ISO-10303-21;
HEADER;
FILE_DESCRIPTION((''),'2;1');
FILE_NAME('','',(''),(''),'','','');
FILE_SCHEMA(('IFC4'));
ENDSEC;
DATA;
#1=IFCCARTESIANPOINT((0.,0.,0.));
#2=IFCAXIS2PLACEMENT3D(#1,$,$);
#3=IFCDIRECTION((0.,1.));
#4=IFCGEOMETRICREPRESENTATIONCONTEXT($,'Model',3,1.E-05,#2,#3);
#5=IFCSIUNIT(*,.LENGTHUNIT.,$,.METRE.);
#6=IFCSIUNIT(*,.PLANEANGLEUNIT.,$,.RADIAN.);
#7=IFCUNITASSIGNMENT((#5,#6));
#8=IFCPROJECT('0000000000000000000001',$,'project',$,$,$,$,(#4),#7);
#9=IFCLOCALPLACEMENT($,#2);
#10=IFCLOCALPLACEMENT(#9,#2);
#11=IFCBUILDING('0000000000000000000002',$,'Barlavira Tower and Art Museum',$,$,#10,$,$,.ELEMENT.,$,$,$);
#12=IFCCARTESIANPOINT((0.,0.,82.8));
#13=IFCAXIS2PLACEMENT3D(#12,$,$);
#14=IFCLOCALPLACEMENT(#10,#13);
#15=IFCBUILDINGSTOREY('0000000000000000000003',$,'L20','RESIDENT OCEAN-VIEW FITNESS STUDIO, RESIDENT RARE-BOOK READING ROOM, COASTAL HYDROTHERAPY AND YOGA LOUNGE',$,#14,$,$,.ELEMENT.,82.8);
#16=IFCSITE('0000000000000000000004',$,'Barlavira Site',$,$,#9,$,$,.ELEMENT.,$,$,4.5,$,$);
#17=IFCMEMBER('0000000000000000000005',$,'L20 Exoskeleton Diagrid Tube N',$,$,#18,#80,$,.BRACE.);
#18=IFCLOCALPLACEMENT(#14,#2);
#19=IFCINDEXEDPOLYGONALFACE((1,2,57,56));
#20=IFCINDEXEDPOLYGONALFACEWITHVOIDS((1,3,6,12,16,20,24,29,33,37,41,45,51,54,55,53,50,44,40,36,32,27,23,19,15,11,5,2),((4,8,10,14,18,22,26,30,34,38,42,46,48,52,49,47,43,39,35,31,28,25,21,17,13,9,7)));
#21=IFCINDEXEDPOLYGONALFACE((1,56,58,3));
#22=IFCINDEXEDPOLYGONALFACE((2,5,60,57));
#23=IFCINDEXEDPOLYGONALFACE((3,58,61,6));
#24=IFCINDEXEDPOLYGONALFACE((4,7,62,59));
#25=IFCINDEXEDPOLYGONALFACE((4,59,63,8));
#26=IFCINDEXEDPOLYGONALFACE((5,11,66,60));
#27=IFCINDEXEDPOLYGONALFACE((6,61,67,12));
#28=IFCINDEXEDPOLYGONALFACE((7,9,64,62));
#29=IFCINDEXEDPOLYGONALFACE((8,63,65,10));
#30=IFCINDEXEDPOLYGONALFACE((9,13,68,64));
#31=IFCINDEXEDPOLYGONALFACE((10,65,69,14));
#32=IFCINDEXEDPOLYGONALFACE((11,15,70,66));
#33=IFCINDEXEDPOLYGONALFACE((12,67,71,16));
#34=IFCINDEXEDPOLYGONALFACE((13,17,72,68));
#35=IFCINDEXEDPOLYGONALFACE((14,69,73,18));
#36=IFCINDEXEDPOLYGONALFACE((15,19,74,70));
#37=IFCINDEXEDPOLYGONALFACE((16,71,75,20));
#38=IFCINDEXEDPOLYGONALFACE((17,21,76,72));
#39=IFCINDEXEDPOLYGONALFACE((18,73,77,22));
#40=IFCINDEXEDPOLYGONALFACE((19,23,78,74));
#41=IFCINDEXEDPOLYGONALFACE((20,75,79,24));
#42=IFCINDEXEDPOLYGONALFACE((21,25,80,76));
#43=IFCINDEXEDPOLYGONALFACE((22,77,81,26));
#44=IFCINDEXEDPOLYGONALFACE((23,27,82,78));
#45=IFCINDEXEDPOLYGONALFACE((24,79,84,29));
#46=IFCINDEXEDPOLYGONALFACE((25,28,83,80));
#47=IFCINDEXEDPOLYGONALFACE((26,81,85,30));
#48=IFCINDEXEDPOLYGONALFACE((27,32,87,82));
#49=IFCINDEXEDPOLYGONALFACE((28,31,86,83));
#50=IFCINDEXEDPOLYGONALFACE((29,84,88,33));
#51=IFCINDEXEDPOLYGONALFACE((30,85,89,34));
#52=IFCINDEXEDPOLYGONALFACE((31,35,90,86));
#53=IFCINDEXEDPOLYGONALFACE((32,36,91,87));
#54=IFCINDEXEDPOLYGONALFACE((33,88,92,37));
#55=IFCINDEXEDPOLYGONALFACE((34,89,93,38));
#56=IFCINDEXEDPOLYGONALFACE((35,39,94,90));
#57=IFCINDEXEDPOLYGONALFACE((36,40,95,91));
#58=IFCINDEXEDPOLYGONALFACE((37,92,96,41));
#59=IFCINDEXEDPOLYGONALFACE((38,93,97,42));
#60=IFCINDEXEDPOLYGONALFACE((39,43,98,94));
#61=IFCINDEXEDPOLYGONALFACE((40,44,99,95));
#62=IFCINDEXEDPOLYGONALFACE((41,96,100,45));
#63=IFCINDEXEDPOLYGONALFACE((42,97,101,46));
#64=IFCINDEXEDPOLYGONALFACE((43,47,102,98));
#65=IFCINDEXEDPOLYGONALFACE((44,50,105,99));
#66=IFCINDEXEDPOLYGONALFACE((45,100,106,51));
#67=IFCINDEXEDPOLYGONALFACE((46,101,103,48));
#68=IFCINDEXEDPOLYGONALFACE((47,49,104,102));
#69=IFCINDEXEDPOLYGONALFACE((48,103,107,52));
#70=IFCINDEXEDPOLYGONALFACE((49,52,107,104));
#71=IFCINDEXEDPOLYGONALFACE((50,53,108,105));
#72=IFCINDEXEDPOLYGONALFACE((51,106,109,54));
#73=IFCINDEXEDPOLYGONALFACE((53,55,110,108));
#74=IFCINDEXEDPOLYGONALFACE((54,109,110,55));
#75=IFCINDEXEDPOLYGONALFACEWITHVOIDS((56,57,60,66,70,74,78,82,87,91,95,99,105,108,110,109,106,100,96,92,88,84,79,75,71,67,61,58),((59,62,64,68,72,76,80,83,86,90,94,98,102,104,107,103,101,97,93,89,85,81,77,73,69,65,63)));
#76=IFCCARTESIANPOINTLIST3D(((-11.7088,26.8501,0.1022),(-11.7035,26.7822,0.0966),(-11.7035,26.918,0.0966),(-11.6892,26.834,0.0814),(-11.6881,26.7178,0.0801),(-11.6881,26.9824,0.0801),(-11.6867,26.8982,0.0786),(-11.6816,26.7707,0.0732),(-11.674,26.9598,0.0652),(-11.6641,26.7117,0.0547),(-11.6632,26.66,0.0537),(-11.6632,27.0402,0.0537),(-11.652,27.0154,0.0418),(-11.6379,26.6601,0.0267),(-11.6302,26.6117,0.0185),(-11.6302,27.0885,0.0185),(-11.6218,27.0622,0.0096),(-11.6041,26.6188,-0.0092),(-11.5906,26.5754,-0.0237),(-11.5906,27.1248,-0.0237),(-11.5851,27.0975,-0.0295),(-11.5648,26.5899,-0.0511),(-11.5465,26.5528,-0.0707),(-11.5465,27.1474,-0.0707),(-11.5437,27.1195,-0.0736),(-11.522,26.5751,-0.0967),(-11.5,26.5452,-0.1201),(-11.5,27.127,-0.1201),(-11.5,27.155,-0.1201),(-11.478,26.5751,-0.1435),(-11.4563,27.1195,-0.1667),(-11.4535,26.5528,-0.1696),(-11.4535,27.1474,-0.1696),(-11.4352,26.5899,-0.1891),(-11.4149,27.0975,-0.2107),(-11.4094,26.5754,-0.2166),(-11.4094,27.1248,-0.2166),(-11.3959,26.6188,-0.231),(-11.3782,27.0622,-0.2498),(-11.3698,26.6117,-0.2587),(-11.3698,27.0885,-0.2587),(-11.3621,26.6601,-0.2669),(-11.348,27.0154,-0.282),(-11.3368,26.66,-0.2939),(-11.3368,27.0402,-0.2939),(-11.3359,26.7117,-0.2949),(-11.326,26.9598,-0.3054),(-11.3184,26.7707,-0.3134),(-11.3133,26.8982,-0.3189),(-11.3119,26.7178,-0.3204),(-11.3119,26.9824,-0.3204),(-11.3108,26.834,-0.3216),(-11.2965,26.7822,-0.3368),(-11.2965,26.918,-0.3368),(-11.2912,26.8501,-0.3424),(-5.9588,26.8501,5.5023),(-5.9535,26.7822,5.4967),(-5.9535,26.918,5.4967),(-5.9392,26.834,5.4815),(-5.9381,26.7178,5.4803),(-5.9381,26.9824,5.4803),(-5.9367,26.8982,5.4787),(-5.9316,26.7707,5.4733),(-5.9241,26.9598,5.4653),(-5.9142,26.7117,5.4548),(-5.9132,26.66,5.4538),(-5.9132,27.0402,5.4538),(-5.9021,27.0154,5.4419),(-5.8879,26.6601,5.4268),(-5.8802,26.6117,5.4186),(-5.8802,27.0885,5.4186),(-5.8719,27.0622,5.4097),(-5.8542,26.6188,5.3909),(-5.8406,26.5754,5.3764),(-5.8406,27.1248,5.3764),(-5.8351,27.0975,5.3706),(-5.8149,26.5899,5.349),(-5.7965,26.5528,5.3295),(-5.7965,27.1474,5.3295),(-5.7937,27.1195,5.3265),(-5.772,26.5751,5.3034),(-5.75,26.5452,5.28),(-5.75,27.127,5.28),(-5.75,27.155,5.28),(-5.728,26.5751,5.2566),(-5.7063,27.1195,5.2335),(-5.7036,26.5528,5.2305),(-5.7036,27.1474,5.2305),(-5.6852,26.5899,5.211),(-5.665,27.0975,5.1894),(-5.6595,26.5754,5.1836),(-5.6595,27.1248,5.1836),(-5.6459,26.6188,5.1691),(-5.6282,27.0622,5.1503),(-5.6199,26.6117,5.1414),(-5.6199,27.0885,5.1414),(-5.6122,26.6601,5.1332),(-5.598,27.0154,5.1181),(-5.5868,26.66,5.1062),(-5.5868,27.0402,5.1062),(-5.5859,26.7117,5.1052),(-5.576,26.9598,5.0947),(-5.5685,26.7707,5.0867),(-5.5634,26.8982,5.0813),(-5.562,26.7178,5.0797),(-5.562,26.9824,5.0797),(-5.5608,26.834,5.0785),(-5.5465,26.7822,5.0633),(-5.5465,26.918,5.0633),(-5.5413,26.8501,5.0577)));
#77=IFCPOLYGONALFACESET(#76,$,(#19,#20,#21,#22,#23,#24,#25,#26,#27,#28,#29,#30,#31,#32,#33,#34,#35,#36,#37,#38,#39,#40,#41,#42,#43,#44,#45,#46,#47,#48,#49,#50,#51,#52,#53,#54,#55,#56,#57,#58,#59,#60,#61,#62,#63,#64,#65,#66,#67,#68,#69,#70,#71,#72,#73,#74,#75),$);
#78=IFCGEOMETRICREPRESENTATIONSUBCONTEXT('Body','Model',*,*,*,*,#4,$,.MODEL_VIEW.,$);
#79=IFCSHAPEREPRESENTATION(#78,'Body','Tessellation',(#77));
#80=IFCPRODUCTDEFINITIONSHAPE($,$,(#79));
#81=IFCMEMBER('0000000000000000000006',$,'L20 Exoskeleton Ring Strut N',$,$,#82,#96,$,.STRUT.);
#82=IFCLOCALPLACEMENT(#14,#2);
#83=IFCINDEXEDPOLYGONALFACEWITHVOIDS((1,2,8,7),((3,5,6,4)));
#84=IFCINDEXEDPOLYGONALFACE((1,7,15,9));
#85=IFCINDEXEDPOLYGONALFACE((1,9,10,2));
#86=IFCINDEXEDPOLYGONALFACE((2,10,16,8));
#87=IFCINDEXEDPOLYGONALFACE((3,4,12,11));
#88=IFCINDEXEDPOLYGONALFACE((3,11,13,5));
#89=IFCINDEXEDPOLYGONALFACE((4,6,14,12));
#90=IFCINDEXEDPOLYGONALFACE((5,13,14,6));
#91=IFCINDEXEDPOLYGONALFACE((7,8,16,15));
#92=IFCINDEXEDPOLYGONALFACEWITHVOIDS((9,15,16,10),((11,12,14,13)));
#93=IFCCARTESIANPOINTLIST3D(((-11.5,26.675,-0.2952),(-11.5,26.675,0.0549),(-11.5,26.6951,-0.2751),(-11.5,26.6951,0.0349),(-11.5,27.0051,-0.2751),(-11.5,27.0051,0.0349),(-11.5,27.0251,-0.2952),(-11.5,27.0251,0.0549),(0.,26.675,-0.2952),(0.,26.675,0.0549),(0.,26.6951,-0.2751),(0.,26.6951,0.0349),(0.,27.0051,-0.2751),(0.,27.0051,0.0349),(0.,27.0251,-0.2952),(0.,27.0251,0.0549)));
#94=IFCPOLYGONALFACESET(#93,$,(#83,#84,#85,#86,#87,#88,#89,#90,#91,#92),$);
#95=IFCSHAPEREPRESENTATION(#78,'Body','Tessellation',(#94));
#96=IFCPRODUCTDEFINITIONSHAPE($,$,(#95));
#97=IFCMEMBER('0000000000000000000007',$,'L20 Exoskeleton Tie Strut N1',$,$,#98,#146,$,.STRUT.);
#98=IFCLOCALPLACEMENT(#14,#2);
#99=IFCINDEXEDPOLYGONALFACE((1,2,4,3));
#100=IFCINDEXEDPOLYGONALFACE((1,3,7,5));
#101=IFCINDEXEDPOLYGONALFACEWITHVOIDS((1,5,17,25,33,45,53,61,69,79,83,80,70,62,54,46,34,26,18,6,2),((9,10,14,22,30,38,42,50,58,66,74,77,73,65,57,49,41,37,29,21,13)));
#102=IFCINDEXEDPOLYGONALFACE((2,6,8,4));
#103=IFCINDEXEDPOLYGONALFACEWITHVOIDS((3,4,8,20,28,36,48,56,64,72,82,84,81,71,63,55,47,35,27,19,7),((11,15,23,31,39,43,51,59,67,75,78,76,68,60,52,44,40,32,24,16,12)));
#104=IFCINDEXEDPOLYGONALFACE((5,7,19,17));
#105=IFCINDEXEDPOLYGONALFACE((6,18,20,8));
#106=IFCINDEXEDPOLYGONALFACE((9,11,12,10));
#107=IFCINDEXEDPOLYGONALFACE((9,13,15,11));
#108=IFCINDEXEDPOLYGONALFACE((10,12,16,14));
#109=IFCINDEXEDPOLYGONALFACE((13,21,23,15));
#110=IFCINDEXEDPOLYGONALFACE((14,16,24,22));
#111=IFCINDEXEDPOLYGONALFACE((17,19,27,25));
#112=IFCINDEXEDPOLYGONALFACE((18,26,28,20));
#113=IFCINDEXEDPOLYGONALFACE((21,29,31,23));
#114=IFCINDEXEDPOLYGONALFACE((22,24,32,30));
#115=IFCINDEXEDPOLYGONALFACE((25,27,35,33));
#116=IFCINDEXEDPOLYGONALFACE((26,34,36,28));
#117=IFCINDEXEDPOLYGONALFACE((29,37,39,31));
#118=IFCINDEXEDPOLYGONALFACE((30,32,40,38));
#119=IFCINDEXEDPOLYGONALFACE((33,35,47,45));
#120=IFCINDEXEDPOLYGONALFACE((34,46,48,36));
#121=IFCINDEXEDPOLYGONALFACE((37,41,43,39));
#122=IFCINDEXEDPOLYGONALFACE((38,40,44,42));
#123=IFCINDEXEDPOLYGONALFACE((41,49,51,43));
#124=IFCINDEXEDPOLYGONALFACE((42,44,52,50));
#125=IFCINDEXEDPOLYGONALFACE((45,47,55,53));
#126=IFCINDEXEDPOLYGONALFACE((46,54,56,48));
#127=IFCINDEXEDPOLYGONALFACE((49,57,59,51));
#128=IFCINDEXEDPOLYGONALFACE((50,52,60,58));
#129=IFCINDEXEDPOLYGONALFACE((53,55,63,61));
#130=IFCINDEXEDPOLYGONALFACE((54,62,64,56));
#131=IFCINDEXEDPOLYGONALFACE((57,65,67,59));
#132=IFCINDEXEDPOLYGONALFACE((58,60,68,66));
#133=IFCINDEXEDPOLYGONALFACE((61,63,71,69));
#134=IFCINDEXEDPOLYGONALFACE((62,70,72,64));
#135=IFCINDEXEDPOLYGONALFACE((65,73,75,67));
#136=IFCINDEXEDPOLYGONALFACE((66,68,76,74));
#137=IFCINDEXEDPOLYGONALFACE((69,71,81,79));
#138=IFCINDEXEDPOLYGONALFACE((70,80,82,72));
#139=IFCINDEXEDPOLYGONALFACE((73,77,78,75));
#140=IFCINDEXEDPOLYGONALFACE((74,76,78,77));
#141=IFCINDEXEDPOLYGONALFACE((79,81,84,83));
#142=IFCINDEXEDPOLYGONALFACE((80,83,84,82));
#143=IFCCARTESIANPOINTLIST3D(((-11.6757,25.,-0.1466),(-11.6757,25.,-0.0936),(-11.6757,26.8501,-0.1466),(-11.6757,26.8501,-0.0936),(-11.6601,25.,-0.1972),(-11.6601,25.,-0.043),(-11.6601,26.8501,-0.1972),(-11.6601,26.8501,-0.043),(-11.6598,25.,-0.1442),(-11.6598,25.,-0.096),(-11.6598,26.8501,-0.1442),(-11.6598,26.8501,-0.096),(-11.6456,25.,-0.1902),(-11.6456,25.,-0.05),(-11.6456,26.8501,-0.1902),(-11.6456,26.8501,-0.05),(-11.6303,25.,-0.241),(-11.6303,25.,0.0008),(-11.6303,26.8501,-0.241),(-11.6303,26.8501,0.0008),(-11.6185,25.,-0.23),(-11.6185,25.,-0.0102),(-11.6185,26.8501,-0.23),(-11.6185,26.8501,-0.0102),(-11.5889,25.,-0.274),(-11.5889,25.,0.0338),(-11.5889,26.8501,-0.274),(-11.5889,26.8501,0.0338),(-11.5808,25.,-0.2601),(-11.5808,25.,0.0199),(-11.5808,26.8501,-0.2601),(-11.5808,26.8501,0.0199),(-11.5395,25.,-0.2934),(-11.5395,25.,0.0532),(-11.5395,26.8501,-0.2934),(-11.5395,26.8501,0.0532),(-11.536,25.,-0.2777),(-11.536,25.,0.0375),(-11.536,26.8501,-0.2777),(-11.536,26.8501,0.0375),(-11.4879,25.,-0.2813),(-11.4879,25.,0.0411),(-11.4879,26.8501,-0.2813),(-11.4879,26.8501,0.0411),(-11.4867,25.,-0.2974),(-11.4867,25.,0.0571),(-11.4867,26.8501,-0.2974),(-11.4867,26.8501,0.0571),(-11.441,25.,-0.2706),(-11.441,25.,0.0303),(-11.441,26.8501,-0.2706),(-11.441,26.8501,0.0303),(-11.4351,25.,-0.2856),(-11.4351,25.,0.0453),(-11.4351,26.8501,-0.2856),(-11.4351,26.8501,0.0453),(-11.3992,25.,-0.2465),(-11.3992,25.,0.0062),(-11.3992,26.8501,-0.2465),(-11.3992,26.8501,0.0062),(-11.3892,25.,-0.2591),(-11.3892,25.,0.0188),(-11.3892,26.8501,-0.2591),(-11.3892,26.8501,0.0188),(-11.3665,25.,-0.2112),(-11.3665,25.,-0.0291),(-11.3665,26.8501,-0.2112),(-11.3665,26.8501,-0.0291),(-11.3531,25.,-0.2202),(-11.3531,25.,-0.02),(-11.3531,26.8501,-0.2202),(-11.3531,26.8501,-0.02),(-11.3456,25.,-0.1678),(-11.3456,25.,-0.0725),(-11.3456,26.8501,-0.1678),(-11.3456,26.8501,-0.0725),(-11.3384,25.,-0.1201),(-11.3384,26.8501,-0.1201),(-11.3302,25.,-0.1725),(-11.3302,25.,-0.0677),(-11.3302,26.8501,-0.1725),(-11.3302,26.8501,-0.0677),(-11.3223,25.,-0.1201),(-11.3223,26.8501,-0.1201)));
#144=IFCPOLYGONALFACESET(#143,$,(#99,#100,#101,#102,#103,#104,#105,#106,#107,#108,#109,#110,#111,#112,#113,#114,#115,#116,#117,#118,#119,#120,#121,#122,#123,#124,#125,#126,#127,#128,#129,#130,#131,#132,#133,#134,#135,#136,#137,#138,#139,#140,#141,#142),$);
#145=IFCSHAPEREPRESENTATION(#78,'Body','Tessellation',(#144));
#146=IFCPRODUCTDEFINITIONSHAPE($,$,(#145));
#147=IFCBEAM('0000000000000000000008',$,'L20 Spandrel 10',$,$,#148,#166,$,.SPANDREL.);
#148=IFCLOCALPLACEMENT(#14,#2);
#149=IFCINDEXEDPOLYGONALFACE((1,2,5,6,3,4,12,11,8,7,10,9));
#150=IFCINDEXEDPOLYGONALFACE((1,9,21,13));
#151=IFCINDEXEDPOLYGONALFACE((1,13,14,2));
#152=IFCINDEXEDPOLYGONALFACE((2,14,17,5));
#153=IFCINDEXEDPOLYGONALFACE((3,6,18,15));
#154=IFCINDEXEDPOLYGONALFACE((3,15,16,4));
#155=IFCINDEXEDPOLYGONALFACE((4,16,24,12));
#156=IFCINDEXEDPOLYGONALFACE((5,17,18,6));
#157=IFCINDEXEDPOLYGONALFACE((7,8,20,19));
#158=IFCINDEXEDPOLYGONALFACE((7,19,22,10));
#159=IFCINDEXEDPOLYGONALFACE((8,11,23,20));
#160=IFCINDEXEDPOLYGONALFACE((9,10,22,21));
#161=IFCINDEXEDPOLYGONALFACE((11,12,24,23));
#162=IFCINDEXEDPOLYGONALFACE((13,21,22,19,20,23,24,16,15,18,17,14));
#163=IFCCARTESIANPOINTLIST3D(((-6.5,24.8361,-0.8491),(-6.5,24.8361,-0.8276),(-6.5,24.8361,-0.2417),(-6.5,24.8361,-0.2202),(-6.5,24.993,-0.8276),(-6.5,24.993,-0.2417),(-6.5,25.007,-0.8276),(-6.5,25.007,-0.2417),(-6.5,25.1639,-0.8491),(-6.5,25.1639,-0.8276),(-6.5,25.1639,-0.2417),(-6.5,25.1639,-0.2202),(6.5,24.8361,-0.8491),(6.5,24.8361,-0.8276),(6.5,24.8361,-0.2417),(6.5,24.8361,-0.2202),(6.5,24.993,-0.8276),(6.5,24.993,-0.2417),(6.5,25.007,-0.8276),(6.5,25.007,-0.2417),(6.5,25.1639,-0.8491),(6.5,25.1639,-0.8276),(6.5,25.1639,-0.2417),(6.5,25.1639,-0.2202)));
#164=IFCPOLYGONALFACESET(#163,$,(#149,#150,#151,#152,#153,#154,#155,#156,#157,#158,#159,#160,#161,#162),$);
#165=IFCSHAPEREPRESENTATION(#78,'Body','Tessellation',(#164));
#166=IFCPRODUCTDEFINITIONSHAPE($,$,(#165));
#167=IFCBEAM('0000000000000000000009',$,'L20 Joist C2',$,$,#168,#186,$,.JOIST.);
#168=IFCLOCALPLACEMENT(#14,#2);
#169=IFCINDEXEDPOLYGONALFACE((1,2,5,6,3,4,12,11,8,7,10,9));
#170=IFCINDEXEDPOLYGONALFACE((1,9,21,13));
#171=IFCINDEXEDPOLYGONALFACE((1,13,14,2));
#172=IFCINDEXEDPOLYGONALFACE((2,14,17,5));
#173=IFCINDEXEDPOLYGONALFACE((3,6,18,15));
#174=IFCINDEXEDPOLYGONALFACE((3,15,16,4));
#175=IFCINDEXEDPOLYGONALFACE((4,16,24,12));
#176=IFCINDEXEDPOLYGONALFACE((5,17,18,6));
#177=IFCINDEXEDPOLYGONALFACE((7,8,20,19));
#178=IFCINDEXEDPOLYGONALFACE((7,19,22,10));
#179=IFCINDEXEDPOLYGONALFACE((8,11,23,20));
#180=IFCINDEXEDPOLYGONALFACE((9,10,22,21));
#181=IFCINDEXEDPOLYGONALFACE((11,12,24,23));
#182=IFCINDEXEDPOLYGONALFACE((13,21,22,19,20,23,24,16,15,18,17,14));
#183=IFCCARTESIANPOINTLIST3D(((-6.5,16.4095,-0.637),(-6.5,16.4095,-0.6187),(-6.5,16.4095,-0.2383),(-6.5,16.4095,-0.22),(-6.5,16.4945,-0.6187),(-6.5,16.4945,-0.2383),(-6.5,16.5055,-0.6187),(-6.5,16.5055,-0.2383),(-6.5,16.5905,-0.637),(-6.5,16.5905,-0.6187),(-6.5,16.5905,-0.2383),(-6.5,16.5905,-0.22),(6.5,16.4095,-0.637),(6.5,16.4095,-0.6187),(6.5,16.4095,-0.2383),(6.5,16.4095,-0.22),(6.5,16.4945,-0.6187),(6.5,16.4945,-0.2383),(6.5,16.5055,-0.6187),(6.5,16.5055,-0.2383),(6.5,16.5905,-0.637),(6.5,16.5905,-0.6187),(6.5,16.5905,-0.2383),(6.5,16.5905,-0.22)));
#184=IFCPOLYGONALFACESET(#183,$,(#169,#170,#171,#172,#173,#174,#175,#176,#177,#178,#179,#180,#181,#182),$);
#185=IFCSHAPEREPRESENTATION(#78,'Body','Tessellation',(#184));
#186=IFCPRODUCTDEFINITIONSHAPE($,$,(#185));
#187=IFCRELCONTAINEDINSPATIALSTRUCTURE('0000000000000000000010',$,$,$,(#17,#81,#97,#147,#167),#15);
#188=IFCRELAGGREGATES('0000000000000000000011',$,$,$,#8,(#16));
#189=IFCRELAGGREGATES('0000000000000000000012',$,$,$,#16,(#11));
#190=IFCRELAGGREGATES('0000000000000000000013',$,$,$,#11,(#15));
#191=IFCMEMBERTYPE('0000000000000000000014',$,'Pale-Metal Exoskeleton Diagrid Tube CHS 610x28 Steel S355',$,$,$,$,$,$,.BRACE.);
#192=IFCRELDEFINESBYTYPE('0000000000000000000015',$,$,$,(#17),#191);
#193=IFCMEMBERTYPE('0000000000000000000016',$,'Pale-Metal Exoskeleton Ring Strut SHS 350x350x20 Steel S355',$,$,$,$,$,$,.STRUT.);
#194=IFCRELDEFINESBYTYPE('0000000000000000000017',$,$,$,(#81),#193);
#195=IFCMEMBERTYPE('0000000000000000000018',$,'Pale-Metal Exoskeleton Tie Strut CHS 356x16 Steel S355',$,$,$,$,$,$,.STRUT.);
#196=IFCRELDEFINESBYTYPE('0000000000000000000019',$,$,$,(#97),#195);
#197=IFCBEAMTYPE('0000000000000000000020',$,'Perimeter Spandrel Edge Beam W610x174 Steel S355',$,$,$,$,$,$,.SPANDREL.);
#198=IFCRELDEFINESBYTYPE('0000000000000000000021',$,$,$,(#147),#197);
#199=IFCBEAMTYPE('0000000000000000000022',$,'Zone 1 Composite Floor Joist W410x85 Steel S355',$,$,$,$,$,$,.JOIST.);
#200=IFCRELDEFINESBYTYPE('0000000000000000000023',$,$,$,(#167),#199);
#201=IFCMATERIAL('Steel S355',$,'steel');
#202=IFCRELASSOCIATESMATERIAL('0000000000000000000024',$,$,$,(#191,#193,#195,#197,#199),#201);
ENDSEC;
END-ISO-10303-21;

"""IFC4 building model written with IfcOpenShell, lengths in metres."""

from ifc_helpers import new_model, si_unit, direction, frame, origin, origin_2d, place, context, subcontext, project, spatial, hollow_rectangle, hollow_circle, i_section, extrude, material, material_profile, profile_set, type_object, element, save


model = new_model("IFC4")

# Units and contexts
model_context = context("Model", 3, precision=1e-05, world=origin(), true_north=direction((0.0, 1.0)))
body_context = subcontext(model_context, "Body", "Model", "MODEL_VIEW")
ifc_project = project(units=[si_unit("LENGTHUNIT", "METRE"), si_unit("PLANEANGLEUNIT", "RADIAN")], contexts=[model_context])

# Site, building, storey
site_placement = place(None, origin())
site = spatial("IfcSite", under=ifc_project, at=site_placement, Name="Barlavira Site", CompositionType="ELEMENT", RefElevation=4.5)
building_placement = place(site_placement, origin())
building = spatial("IfcBuilding", under=site, at=building_placement, Name="Barlavira Tower and Art Museum", CompositionType="ELEMENT")
storey_placement = place(building_placement, frame((0.0, 0.0, 82.8)))
storey = spatial("IfcBuildingStorey", under=building, at=storey_placement, Name="L20", Description="RESIDENT OCEAN-VIEW FITNESS STUDIO, RESIDENT RARE-BOOK READING ROOM, COASTAL HYDROTHERAPY AND YOGA LOUNGE", CompositionType="ELEMENT", Elevation=82.8)

# Shared definitions
ifc_material_1 = material(Name="Steel S355", Category="steel")

# Members
ifc_material_profile_1 = material_profile(ifc_material_1, hollow_circle(Radius=0.3049, WallThickness=0.0281, at=origin_2d()), Name="CHS 610.0x28.0")
ifc_profile_set_1 = profile_set([ifc_material_profile_1], Name="Steel S355")
member_type_1 = type_object("IfcMemberType", Name="Pale-Metal Exoskeleton Diagrid Tube CHS 610x28 Steel S355", PredefinedType="BRACE", material=ifc_profile_set_1)
member_1_placement = place(storey_placement, frame((-11.5, 26.8501, -0.1201), z_axis=(0.728935, 0.0, 0.684583), x_axis=(0.0, 1.0, 0.0)))
element("IfcMember", 1, at=member_1_placement, inside=storey, type_object=member_type_1, Name="L20 Exoskeleton Diagrid Tube N", PredefinedType="BRACE", context=body_context, shape_type="SweptSolid", body=[
    extrude(hollow_circle(Radius=0.3049, WallThickness=0.0281, at=origin_2d()), origin(), (0.0, 0.0, 1.0), 7.8882),
])
ifc_material_profile_2 = material_profile(ifc_material_1, hollow_rectangle(XDim=0.3501, YDim=0.3501, WallThickness=0.02, at=origin_2d()), Name="SHS 350x350x20.0")
ifc_profile_set_2 = profile_set([ifc_material_profile_2], Name="Steel S355")
member_type_2 = type_object("IfcMemberType", Name="Pale-Metal Exoskeleton Ring Strut SHS 350x350x20 Steel S355", PredefinedType="STRUT", material=ifc_profile_set_2)
member_2_placement = place(storey_placement, frame((-11.5, 26.8501, -0.1201), z_axis=(1.0, 0.0, 0.0), x_axis=(0.0, 1.0, 0.0)))
element("IfcMember", 2, at=member_2_placement, inside=storey, type_object=member_type_2, Name="L20 Exoskeleton Ring Strut N", PredefinedType="STRUT", context=body_context, shape_type="SweptSolid", body=[
    extrude(hollow_rectangle(XDim=0.3501, YDim=0.3501, WallThickness=0.02, at=origin_2d()), origin(), (0.0, 0.0, 1.0), 11.5),
])
ifc_material_profile_3 = material_profile(ifc_material_1, hollow_circle(Radius=0.1777, WallThickness=0.0161, at=origin_2d()), Name="CHS 355.6x16.0")
ifc_profile_set_3 = profile_set([ifc_material_profile_3], Name="Steel S355")
member_type_3 = type_object("IfcMemberType", Name="Pale-Metal Exoskeleton Tie Strut CHS 356x16 Steel S355", PredefinedType="STRUT", material=ifc_profile_set_3)
member_3_placement = place(storey_placement, frame((-11.5, 26.8501, -0.1201), z_axis=(0.0, -1.0, 0.0), x_axis=(1.0, 0.0, 0.0)))
element("IfcMember", 3, at=member_3_placement, inside=storey, type_object=member_type_3, Name="L20 Exoskeleton Tie Strut N1", PredefinedType="STRUT", context=body_context, shape_type="SweptSolid", body=[
    extrude(hollow_circle(Radius=0.1777, WallThickness=0.0161, at=origin_2d()), origin(), (0.0, 0.0, 1.0), 1.8501),
])

# Beams
ifc_material_profile_4 = material_profile(ifc_material_1, i_section(OverallWidth=0.3279, OverallDepth=0.6289, WebThickness=0.0139, FlangeThickness=0.0215, at=origin_2d()), Name="W610x174.0")
ifc_profile_set_4 = profile_set([ifc_material_profile_4], Name="Steel S355")
beam_type_1 = type_object("IfcBeamType", Name="Perimeter Spandrel Edge Beam W610x174 Steel S355", PredefinedType="SPANDREL", material=ifc_profile_set_4)
beam_1_placement = place(storey_placement, frame((-6.5, 25.0, -0.5347), z_axis=(1.0, 0.0, 0.0), x_axis=(0.0, 1.0, 0.0)))
element("IfcBeam", 4, at=beam_1_placement, inside=storey, type_object=beam_type_1, Name="L20 Spandrel 10", PredefinedType="SPANDREL", context=body_context, shape_type="SweptSolid", body=[
    extrude(i_section(OverallWidth=0.3279, OverallDepth=0.6289, WebThickness=0.0139, FlangeThickness=0.0215, at=origin_2d()), origin(), (0.0, 0.0, 1.0), 13.0),
])
ifc_material_profile_5 = material_profile(ifc_material_1, i_section(OverallWidth=0.1809, OverallDepth=0.417, WebThickness=0.011, FlangeThickness=0.0183, at=origin_2d()), Name="W410x85.0")
ifc_profile_set_5 = profile_set([ifc_material_profile_5], Name="Steel S355")
beam_type_2 = type_object("IfcBeamType", Name="Zone 1 Composite Floor Joist W410x85 Steel S355", PredefinedType="JOIST", material=ifc_profile_set_5)
beam_2_placement = place(storey_placement, frame((-6.5, 16.5, -0.4285), z_axis=(1.0, 0.0, 0.0), x_axis=(0.0, 1.0, 0.0)))
element("IfcBeam", 5, at=beam_2_placement, inside=storey, type_object=beam_type_2, Name="L20 Joist C2", PredefinedType="JOIST", context=body_context, shape_type="SweptSolid", body=[
    extrude(i_section(OverallWidth=0.1809, OverallDepth=0.417, WebThickness=0.011, FlangeThickness=0.0183, at=origin_2d()), origin(), (0.0, 0.0, 1.0), 13.0),
])

save(model, "model.ifc")
